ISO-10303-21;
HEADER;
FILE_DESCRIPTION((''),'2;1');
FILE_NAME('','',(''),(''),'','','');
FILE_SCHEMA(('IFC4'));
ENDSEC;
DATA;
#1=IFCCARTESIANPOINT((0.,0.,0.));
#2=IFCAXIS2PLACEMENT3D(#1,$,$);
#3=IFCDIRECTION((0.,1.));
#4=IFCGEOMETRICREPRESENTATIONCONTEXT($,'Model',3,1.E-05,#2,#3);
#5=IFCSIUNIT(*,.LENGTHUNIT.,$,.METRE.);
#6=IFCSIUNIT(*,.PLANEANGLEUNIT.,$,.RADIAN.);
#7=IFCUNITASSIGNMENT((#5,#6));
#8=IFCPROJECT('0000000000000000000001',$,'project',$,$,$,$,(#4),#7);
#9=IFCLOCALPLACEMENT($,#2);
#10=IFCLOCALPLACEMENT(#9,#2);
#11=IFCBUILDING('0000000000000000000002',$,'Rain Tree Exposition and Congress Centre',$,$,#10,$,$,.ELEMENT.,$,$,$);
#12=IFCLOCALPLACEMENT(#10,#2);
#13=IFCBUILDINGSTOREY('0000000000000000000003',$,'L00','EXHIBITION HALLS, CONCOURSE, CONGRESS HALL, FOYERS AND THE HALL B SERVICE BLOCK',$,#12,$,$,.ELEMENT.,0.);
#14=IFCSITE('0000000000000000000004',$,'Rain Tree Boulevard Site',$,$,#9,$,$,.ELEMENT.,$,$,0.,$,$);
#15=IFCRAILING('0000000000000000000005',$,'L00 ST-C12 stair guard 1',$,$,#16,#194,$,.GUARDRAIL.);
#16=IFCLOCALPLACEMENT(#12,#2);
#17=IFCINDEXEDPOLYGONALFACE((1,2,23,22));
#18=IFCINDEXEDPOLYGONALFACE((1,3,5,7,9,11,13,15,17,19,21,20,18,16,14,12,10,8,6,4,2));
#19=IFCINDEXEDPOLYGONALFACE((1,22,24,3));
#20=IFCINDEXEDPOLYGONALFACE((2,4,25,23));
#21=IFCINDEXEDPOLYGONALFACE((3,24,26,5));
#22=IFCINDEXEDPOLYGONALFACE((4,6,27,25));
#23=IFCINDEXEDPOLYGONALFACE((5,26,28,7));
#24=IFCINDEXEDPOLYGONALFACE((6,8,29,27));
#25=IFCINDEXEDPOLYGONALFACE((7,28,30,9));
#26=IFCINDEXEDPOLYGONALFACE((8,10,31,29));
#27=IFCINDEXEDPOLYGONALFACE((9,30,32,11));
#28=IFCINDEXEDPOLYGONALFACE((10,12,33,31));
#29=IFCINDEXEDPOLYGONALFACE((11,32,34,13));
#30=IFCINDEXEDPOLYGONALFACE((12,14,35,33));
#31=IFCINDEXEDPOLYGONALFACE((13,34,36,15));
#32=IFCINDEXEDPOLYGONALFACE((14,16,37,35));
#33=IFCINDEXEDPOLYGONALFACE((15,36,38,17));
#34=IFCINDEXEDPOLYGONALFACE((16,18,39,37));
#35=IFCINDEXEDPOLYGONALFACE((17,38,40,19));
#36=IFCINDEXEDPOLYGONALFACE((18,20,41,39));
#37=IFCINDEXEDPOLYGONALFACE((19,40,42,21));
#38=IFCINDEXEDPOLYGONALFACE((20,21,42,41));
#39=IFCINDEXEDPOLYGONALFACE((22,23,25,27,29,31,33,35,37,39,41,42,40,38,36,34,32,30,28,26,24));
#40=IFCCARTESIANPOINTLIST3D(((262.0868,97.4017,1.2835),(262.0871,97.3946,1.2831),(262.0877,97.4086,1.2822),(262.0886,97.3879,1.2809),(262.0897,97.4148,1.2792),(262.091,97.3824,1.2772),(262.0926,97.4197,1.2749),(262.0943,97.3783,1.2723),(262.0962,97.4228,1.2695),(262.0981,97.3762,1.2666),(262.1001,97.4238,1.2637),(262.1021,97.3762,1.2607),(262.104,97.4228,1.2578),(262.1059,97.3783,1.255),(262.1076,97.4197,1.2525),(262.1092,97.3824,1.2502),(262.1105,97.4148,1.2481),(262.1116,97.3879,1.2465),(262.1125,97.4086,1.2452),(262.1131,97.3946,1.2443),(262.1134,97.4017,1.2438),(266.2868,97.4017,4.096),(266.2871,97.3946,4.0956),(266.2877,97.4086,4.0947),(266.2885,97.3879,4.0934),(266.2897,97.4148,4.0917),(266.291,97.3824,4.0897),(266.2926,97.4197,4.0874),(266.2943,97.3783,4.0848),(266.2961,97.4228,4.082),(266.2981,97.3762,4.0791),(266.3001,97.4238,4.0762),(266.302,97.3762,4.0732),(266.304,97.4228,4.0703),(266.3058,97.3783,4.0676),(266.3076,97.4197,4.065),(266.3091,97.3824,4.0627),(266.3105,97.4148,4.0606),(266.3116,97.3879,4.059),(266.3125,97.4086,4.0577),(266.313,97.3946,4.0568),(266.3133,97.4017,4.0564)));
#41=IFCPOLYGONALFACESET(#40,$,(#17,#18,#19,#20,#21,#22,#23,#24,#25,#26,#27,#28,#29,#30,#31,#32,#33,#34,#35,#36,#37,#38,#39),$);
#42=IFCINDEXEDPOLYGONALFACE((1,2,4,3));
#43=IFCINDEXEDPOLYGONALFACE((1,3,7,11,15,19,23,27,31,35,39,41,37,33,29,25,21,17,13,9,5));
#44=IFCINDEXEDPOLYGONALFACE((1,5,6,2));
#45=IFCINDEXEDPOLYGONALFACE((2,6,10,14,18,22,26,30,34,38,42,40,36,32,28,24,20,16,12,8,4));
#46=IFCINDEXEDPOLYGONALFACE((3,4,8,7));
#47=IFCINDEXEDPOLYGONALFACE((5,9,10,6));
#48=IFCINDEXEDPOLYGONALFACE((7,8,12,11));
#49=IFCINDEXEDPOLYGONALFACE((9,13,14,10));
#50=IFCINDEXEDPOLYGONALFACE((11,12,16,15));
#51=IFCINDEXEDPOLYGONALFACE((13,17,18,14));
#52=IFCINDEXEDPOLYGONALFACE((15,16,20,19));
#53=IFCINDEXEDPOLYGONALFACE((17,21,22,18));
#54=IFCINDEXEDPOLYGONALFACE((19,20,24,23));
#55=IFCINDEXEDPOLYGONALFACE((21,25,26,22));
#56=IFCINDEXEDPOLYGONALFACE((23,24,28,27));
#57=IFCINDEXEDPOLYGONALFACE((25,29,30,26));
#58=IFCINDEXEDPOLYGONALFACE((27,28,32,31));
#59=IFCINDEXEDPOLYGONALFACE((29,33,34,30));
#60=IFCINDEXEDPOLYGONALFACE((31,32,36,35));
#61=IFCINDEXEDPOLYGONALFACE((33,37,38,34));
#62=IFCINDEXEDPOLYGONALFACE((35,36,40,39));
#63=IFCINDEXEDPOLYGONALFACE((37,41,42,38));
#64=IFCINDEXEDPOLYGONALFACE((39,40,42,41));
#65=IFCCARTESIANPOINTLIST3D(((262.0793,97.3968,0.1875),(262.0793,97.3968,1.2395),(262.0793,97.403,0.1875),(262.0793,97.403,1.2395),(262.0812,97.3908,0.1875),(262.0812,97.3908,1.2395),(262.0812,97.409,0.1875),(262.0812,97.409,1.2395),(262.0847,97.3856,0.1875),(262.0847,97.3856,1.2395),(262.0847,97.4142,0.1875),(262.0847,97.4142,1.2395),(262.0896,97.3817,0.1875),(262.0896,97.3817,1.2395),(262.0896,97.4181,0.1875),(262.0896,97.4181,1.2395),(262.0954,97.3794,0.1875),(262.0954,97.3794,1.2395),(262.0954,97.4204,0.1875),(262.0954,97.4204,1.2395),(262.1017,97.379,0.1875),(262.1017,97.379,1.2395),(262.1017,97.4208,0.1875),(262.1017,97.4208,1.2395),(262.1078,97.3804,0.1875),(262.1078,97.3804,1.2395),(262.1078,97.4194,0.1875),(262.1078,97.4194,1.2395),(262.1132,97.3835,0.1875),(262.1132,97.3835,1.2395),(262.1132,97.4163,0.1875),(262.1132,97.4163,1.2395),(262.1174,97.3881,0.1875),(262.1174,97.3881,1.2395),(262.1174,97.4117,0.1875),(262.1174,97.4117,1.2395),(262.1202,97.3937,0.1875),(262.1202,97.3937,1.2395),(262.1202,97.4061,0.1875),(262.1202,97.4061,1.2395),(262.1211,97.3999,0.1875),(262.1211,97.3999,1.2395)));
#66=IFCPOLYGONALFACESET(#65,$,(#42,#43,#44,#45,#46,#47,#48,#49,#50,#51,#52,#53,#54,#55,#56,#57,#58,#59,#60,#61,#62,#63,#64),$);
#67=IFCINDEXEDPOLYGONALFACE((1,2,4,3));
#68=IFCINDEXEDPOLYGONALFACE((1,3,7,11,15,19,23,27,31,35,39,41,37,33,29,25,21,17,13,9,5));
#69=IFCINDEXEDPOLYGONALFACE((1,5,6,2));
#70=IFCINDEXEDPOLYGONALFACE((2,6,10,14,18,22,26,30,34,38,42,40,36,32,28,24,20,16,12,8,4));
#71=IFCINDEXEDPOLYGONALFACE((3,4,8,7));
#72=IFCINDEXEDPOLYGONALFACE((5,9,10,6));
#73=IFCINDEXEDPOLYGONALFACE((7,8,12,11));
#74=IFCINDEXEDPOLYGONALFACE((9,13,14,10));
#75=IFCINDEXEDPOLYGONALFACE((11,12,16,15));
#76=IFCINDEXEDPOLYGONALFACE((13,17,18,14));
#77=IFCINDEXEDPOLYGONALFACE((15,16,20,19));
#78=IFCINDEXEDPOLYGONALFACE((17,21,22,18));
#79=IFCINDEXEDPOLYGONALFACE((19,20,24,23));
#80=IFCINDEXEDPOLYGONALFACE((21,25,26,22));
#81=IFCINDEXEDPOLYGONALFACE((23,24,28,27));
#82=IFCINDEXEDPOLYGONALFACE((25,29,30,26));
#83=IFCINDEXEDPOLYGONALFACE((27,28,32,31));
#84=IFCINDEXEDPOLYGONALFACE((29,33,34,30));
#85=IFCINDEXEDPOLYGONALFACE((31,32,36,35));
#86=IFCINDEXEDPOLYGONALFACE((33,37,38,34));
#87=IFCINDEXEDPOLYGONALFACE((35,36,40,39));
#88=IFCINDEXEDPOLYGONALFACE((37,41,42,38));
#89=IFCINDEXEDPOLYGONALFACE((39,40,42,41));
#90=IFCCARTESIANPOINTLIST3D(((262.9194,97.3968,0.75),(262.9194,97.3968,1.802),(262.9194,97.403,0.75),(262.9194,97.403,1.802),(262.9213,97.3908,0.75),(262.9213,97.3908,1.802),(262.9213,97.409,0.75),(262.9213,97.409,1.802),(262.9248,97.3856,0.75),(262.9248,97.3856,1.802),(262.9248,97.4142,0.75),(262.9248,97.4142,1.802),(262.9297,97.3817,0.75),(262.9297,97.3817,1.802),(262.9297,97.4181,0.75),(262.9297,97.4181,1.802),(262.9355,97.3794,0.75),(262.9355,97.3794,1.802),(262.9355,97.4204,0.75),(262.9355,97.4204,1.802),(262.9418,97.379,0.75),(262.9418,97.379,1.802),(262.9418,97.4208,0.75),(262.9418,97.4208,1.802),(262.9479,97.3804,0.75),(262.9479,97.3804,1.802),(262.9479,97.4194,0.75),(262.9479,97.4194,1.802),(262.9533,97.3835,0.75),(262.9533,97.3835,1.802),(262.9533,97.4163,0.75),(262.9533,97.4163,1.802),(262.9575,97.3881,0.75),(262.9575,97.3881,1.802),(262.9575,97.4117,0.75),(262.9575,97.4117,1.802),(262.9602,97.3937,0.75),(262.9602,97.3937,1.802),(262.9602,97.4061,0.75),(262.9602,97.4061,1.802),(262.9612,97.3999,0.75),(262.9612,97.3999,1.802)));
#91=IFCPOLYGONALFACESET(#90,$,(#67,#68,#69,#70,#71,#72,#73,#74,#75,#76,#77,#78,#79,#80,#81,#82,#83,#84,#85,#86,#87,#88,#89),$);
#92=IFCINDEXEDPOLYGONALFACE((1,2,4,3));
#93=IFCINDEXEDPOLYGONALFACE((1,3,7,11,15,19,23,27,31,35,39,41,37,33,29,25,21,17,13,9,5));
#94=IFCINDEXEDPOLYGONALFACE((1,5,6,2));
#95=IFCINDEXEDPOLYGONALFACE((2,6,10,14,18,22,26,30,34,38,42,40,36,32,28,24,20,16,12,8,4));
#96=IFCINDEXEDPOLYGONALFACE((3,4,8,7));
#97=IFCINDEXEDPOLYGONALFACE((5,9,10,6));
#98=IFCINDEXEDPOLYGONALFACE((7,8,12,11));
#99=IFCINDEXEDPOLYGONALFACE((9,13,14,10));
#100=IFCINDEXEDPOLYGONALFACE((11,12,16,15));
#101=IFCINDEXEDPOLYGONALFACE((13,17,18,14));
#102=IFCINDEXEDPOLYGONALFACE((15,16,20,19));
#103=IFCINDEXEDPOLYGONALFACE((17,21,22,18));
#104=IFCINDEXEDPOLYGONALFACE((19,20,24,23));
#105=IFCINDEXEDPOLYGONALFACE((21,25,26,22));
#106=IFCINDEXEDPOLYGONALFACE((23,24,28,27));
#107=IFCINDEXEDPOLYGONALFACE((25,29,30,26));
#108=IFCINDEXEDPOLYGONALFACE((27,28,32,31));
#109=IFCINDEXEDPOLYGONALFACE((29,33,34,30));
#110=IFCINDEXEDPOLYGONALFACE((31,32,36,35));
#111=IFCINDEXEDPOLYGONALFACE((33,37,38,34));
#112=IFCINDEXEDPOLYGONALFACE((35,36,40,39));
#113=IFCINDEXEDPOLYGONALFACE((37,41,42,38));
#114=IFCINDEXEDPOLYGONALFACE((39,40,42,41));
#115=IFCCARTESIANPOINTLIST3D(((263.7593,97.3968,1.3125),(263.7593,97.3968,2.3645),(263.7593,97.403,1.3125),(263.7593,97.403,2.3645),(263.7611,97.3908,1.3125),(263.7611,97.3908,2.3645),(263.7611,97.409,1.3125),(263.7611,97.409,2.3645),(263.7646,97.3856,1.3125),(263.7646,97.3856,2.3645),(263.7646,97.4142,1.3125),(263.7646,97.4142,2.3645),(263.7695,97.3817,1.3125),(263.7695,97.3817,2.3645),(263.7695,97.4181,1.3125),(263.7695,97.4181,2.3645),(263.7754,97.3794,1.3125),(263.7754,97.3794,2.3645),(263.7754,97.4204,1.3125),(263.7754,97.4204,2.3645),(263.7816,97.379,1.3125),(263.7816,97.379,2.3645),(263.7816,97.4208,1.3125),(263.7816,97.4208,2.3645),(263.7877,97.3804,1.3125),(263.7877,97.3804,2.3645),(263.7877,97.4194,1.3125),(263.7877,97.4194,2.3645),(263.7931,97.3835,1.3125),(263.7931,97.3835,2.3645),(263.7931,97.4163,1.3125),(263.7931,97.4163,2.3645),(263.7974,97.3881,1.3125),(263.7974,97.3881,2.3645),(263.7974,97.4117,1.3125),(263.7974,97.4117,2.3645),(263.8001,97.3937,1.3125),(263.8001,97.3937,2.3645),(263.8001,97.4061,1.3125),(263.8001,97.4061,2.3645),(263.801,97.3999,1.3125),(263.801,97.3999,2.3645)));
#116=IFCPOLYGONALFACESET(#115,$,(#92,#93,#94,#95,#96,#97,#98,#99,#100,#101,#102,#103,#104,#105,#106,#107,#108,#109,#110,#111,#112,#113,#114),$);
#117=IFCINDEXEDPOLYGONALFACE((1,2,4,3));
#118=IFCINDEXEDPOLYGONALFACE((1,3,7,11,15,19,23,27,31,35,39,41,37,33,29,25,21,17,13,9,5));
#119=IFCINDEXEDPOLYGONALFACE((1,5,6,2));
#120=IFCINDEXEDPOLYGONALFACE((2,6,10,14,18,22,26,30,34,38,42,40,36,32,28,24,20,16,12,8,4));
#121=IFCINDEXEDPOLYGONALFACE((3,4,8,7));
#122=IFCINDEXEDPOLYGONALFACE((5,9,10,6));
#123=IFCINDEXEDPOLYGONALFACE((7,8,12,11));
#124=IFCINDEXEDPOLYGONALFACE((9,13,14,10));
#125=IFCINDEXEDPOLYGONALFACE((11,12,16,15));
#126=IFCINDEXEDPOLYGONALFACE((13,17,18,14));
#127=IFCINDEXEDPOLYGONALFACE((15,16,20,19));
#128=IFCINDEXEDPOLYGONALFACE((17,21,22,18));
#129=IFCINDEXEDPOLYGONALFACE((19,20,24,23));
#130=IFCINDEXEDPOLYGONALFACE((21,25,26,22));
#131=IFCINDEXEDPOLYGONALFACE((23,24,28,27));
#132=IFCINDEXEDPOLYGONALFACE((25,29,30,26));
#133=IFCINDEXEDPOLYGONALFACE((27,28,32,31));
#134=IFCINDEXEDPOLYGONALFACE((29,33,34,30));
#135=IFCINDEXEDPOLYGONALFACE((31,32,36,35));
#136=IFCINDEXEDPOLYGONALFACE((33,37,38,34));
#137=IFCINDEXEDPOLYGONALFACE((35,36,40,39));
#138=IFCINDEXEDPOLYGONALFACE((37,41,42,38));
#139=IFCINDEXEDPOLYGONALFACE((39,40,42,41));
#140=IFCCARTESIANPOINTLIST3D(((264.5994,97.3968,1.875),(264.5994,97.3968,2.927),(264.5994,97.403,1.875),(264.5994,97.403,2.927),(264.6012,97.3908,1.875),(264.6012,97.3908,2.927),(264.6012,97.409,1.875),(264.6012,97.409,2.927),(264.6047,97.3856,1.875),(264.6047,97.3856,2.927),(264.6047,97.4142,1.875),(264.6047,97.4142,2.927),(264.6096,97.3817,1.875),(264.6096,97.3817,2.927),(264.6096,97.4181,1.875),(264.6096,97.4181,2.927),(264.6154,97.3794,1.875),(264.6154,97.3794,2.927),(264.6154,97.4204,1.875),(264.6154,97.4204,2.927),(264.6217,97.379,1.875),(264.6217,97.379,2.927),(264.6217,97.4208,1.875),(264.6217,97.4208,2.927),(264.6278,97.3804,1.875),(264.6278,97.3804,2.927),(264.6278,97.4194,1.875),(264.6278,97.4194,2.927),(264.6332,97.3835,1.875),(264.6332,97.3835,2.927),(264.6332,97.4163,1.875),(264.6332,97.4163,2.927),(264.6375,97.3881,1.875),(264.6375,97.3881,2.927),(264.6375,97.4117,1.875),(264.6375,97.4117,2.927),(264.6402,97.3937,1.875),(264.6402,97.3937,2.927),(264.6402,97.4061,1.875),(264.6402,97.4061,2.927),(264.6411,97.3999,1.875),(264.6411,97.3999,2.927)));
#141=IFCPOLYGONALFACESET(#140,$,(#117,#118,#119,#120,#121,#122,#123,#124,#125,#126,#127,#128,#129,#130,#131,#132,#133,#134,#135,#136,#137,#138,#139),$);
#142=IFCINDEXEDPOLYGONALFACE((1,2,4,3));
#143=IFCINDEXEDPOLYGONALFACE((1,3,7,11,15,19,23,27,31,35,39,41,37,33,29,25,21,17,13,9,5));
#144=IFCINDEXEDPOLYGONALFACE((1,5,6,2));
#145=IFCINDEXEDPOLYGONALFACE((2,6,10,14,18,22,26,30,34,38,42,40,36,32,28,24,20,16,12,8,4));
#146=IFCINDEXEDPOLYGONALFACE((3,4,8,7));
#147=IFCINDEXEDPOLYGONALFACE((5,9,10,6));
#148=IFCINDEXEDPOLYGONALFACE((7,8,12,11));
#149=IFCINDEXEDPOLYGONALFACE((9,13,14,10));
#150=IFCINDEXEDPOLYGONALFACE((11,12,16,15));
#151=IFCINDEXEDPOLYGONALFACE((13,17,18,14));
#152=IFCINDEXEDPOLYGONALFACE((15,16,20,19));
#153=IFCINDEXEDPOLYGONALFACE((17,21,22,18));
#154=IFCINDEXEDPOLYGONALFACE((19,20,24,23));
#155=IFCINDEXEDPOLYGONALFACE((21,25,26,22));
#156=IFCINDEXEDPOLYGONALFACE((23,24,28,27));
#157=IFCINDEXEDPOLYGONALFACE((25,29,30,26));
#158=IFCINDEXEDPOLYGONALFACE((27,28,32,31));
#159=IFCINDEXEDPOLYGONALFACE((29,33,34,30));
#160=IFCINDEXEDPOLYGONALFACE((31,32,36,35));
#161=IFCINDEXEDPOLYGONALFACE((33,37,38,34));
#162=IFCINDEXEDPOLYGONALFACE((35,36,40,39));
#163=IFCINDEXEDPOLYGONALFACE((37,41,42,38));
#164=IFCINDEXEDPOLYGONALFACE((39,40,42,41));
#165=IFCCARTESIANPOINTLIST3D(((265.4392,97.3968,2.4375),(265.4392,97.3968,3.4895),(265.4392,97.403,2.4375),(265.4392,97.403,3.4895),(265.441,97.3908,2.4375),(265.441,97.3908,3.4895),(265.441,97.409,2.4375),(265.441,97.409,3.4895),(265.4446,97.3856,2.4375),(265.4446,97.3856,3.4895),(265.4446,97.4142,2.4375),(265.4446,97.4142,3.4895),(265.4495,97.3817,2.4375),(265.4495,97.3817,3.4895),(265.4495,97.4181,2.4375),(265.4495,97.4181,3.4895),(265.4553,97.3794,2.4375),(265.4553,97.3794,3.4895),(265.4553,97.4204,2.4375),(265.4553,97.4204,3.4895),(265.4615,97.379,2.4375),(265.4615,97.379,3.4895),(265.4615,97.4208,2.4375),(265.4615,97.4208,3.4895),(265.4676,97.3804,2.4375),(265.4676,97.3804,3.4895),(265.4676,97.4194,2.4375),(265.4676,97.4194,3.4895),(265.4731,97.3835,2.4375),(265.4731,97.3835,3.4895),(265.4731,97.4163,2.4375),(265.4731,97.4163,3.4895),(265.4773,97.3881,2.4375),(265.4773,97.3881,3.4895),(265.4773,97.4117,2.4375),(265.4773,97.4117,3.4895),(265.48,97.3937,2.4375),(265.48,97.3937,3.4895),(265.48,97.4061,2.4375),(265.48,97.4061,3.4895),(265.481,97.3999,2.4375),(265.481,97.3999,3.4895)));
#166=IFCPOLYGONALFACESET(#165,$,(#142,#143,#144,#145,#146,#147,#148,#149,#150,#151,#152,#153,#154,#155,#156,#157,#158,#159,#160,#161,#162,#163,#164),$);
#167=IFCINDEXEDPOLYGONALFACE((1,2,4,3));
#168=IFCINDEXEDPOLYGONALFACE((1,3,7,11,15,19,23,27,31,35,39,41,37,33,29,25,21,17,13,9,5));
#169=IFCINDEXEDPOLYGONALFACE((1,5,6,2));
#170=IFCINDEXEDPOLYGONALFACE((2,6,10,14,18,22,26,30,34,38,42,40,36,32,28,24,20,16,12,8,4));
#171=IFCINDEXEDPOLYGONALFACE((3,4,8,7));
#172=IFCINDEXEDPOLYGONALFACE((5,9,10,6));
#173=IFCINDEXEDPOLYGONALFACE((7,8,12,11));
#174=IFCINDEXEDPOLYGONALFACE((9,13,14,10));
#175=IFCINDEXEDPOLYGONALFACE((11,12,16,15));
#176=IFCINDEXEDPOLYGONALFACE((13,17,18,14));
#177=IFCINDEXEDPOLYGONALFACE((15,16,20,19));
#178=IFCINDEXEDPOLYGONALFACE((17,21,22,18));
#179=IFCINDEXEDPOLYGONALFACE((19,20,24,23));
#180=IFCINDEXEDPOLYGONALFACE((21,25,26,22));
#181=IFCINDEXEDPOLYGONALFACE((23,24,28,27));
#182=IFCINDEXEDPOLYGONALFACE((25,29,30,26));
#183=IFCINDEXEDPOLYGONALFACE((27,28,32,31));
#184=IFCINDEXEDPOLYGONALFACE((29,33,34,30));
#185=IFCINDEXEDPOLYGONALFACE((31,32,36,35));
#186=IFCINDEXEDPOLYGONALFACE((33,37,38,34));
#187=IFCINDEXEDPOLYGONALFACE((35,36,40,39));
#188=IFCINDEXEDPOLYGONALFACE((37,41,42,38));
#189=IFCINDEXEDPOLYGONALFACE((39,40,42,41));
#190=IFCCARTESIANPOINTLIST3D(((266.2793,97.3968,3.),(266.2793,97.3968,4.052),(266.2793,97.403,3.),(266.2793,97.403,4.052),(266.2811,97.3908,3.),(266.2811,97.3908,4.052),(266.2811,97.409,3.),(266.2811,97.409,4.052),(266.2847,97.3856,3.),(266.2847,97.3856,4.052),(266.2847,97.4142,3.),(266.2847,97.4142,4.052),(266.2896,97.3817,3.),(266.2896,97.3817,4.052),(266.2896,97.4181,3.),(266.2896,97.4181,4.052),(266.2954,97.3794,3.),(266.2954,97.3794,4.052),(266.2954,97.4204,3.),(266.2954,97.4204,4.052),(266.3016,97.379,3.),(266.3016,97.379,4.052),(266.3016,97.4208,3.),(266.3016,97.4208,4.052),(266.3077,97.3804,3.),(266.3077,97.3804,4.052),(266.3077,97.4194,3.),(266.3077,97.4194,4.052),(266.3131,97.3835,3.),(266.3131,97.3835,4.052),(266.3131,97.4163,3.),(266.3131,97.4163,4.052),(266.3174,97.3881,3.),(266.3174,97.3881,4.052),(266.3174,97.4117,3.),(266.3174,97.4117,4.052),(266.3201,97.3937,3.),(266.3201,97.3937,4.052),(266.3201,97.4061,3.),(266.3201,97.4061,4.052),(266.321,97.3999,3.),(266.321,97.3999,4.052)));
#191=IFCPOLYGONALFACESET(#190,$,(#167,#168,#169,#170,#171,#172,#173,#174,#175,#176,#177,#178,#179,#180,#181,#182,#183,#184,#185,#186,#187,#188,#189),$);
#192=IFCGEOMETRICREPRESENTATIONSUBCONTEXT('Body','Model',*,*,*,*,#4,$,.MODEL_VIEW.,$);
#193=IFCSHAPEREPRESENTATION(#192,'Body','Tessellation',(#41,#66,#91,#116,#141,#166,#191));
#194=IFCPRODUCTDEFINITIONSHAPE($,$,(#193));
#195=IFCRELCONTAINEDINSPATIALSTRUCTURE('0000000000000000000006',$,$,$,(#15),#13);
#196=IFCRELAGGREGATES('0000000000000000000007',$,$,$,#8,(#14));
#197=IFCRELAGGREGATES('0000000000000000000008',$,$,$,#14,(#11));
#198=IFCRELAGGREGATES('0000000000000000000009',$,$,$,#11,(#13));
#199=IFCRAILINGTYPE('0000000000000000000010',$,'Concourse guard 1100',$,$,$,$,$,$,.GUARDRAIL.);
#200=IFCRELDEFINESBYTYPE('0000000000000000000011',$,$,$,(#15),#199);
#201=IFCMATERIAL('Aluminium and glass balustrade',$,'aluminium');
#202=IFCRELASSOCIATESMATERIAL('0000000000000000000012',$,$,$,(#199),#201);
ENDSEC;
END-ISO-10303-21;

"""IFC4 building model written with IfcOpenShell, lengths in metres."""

from ifc_helpers import new_model, si_unit, direction, frame, origin, origin_2d, place, context, subcontext, project, spatial, circle, extrude, material, type_object, element, save


model = new_model("IFC4")

# Units and contexts
model_context = context("Model", 3, precision=1e-05, world=origin(), true_north=direction((0.0, 1.0)))
body_context = subcontext(model_context, "Body", "Model", "MODEL_VIEW")
ifc_project = project(units=[si_unit("LENGTHUNIT", "METRE"), si_unit("PLANEANGLEUNIT", "RADIAN")], contexts=[model_context])

# Site, building, storey
site_placement = place(None, origin())
site = spatial("IfcSite", under=ifc_project, at=site_placement, Name="Rain Tree Boulevard Site", CompositionType="ELEMENT", RefElevation=0.0)
building_placement = place(site_placement, origin())
building = spatial("IfcBuilding", under=site, at=building_placement, Name="Rain Tree Exposition and Congress Centre", CompositionType="ELEMENT")
storey_placement = place(building_placement, origin())
storey = spatial("IfcBuildingStorey", under=building, at=storey_placement, Name="L00", Description="EXHIBITION HALLS, CONCOURSE, CONGRESS HALL, FOYERS AND THE HALL B SERVICE BLOCK", CompositionType="ELEMENT", Elevation=0.0)

# Railing
ifc_material_1 = material(Name="Aluminium and glass balustrade", Category="aluminium")
railing_type_1 = type_object("IfcRailingType", Name="Concourse guard 1100", PredefinedType="GUARDRAIL", material=ifc_material_1)
railing_1_placement = place(storey_placement, frame((262.1001, 97.3999, 0.1875)))
element("IfcRailing", 1, at=railing_1_placement, inside=storey, type_object=railing_type_1, Name="L00 ST-C12 stair guard 1", PredefinedType="GUARDRAIL", context=body_context, shape_type="SweptSolid", body=[
    extrude(circle(Radius=0.0239, at=origin_2d()), frame((0.0, 0.0, 1.0762), z_axis=(0.830904, 0.0, 0.556416), x_axis=(0.0, 1.0, 0.0)), (0.0, 0.0, 1.0), 5.0547),
    extrude(circle(Radius=0.021, at=origin_2d()), origin(), (0.0, 0.0, 1.0), 1.052),
    extrude(circle(Radius=0.021, at=origin_2d()), frame((0.8401, 0.0, 0.5625)), (0.0, 0.0, 1.0), 1.052),
    extrude(circle(Radius=0.021, at=origin_2d()), frame((1.6799, 0.0, 1.125)), (0.0, 0.0, 1.0), 1.052),
    extrude(circle(Radius=0.021, at=origin_2d()), frame((2.52, 0.0, 1.6875)), (0.0, 0.0, 1.0), 1.052),
    extrude(circle(Radius=0.021, at=origin_2d()), frame((3.3599, 0.0, 2.25)), (0.0, 0.0, 1.0), 1.052),
    extrude(circle(Radius=0.021, at=origin_2d()), frame((4.2, 0.0, 2.8125)), (0.0, 0.0, 1.0), 1.052),
])

save(model, "model.ifc")
